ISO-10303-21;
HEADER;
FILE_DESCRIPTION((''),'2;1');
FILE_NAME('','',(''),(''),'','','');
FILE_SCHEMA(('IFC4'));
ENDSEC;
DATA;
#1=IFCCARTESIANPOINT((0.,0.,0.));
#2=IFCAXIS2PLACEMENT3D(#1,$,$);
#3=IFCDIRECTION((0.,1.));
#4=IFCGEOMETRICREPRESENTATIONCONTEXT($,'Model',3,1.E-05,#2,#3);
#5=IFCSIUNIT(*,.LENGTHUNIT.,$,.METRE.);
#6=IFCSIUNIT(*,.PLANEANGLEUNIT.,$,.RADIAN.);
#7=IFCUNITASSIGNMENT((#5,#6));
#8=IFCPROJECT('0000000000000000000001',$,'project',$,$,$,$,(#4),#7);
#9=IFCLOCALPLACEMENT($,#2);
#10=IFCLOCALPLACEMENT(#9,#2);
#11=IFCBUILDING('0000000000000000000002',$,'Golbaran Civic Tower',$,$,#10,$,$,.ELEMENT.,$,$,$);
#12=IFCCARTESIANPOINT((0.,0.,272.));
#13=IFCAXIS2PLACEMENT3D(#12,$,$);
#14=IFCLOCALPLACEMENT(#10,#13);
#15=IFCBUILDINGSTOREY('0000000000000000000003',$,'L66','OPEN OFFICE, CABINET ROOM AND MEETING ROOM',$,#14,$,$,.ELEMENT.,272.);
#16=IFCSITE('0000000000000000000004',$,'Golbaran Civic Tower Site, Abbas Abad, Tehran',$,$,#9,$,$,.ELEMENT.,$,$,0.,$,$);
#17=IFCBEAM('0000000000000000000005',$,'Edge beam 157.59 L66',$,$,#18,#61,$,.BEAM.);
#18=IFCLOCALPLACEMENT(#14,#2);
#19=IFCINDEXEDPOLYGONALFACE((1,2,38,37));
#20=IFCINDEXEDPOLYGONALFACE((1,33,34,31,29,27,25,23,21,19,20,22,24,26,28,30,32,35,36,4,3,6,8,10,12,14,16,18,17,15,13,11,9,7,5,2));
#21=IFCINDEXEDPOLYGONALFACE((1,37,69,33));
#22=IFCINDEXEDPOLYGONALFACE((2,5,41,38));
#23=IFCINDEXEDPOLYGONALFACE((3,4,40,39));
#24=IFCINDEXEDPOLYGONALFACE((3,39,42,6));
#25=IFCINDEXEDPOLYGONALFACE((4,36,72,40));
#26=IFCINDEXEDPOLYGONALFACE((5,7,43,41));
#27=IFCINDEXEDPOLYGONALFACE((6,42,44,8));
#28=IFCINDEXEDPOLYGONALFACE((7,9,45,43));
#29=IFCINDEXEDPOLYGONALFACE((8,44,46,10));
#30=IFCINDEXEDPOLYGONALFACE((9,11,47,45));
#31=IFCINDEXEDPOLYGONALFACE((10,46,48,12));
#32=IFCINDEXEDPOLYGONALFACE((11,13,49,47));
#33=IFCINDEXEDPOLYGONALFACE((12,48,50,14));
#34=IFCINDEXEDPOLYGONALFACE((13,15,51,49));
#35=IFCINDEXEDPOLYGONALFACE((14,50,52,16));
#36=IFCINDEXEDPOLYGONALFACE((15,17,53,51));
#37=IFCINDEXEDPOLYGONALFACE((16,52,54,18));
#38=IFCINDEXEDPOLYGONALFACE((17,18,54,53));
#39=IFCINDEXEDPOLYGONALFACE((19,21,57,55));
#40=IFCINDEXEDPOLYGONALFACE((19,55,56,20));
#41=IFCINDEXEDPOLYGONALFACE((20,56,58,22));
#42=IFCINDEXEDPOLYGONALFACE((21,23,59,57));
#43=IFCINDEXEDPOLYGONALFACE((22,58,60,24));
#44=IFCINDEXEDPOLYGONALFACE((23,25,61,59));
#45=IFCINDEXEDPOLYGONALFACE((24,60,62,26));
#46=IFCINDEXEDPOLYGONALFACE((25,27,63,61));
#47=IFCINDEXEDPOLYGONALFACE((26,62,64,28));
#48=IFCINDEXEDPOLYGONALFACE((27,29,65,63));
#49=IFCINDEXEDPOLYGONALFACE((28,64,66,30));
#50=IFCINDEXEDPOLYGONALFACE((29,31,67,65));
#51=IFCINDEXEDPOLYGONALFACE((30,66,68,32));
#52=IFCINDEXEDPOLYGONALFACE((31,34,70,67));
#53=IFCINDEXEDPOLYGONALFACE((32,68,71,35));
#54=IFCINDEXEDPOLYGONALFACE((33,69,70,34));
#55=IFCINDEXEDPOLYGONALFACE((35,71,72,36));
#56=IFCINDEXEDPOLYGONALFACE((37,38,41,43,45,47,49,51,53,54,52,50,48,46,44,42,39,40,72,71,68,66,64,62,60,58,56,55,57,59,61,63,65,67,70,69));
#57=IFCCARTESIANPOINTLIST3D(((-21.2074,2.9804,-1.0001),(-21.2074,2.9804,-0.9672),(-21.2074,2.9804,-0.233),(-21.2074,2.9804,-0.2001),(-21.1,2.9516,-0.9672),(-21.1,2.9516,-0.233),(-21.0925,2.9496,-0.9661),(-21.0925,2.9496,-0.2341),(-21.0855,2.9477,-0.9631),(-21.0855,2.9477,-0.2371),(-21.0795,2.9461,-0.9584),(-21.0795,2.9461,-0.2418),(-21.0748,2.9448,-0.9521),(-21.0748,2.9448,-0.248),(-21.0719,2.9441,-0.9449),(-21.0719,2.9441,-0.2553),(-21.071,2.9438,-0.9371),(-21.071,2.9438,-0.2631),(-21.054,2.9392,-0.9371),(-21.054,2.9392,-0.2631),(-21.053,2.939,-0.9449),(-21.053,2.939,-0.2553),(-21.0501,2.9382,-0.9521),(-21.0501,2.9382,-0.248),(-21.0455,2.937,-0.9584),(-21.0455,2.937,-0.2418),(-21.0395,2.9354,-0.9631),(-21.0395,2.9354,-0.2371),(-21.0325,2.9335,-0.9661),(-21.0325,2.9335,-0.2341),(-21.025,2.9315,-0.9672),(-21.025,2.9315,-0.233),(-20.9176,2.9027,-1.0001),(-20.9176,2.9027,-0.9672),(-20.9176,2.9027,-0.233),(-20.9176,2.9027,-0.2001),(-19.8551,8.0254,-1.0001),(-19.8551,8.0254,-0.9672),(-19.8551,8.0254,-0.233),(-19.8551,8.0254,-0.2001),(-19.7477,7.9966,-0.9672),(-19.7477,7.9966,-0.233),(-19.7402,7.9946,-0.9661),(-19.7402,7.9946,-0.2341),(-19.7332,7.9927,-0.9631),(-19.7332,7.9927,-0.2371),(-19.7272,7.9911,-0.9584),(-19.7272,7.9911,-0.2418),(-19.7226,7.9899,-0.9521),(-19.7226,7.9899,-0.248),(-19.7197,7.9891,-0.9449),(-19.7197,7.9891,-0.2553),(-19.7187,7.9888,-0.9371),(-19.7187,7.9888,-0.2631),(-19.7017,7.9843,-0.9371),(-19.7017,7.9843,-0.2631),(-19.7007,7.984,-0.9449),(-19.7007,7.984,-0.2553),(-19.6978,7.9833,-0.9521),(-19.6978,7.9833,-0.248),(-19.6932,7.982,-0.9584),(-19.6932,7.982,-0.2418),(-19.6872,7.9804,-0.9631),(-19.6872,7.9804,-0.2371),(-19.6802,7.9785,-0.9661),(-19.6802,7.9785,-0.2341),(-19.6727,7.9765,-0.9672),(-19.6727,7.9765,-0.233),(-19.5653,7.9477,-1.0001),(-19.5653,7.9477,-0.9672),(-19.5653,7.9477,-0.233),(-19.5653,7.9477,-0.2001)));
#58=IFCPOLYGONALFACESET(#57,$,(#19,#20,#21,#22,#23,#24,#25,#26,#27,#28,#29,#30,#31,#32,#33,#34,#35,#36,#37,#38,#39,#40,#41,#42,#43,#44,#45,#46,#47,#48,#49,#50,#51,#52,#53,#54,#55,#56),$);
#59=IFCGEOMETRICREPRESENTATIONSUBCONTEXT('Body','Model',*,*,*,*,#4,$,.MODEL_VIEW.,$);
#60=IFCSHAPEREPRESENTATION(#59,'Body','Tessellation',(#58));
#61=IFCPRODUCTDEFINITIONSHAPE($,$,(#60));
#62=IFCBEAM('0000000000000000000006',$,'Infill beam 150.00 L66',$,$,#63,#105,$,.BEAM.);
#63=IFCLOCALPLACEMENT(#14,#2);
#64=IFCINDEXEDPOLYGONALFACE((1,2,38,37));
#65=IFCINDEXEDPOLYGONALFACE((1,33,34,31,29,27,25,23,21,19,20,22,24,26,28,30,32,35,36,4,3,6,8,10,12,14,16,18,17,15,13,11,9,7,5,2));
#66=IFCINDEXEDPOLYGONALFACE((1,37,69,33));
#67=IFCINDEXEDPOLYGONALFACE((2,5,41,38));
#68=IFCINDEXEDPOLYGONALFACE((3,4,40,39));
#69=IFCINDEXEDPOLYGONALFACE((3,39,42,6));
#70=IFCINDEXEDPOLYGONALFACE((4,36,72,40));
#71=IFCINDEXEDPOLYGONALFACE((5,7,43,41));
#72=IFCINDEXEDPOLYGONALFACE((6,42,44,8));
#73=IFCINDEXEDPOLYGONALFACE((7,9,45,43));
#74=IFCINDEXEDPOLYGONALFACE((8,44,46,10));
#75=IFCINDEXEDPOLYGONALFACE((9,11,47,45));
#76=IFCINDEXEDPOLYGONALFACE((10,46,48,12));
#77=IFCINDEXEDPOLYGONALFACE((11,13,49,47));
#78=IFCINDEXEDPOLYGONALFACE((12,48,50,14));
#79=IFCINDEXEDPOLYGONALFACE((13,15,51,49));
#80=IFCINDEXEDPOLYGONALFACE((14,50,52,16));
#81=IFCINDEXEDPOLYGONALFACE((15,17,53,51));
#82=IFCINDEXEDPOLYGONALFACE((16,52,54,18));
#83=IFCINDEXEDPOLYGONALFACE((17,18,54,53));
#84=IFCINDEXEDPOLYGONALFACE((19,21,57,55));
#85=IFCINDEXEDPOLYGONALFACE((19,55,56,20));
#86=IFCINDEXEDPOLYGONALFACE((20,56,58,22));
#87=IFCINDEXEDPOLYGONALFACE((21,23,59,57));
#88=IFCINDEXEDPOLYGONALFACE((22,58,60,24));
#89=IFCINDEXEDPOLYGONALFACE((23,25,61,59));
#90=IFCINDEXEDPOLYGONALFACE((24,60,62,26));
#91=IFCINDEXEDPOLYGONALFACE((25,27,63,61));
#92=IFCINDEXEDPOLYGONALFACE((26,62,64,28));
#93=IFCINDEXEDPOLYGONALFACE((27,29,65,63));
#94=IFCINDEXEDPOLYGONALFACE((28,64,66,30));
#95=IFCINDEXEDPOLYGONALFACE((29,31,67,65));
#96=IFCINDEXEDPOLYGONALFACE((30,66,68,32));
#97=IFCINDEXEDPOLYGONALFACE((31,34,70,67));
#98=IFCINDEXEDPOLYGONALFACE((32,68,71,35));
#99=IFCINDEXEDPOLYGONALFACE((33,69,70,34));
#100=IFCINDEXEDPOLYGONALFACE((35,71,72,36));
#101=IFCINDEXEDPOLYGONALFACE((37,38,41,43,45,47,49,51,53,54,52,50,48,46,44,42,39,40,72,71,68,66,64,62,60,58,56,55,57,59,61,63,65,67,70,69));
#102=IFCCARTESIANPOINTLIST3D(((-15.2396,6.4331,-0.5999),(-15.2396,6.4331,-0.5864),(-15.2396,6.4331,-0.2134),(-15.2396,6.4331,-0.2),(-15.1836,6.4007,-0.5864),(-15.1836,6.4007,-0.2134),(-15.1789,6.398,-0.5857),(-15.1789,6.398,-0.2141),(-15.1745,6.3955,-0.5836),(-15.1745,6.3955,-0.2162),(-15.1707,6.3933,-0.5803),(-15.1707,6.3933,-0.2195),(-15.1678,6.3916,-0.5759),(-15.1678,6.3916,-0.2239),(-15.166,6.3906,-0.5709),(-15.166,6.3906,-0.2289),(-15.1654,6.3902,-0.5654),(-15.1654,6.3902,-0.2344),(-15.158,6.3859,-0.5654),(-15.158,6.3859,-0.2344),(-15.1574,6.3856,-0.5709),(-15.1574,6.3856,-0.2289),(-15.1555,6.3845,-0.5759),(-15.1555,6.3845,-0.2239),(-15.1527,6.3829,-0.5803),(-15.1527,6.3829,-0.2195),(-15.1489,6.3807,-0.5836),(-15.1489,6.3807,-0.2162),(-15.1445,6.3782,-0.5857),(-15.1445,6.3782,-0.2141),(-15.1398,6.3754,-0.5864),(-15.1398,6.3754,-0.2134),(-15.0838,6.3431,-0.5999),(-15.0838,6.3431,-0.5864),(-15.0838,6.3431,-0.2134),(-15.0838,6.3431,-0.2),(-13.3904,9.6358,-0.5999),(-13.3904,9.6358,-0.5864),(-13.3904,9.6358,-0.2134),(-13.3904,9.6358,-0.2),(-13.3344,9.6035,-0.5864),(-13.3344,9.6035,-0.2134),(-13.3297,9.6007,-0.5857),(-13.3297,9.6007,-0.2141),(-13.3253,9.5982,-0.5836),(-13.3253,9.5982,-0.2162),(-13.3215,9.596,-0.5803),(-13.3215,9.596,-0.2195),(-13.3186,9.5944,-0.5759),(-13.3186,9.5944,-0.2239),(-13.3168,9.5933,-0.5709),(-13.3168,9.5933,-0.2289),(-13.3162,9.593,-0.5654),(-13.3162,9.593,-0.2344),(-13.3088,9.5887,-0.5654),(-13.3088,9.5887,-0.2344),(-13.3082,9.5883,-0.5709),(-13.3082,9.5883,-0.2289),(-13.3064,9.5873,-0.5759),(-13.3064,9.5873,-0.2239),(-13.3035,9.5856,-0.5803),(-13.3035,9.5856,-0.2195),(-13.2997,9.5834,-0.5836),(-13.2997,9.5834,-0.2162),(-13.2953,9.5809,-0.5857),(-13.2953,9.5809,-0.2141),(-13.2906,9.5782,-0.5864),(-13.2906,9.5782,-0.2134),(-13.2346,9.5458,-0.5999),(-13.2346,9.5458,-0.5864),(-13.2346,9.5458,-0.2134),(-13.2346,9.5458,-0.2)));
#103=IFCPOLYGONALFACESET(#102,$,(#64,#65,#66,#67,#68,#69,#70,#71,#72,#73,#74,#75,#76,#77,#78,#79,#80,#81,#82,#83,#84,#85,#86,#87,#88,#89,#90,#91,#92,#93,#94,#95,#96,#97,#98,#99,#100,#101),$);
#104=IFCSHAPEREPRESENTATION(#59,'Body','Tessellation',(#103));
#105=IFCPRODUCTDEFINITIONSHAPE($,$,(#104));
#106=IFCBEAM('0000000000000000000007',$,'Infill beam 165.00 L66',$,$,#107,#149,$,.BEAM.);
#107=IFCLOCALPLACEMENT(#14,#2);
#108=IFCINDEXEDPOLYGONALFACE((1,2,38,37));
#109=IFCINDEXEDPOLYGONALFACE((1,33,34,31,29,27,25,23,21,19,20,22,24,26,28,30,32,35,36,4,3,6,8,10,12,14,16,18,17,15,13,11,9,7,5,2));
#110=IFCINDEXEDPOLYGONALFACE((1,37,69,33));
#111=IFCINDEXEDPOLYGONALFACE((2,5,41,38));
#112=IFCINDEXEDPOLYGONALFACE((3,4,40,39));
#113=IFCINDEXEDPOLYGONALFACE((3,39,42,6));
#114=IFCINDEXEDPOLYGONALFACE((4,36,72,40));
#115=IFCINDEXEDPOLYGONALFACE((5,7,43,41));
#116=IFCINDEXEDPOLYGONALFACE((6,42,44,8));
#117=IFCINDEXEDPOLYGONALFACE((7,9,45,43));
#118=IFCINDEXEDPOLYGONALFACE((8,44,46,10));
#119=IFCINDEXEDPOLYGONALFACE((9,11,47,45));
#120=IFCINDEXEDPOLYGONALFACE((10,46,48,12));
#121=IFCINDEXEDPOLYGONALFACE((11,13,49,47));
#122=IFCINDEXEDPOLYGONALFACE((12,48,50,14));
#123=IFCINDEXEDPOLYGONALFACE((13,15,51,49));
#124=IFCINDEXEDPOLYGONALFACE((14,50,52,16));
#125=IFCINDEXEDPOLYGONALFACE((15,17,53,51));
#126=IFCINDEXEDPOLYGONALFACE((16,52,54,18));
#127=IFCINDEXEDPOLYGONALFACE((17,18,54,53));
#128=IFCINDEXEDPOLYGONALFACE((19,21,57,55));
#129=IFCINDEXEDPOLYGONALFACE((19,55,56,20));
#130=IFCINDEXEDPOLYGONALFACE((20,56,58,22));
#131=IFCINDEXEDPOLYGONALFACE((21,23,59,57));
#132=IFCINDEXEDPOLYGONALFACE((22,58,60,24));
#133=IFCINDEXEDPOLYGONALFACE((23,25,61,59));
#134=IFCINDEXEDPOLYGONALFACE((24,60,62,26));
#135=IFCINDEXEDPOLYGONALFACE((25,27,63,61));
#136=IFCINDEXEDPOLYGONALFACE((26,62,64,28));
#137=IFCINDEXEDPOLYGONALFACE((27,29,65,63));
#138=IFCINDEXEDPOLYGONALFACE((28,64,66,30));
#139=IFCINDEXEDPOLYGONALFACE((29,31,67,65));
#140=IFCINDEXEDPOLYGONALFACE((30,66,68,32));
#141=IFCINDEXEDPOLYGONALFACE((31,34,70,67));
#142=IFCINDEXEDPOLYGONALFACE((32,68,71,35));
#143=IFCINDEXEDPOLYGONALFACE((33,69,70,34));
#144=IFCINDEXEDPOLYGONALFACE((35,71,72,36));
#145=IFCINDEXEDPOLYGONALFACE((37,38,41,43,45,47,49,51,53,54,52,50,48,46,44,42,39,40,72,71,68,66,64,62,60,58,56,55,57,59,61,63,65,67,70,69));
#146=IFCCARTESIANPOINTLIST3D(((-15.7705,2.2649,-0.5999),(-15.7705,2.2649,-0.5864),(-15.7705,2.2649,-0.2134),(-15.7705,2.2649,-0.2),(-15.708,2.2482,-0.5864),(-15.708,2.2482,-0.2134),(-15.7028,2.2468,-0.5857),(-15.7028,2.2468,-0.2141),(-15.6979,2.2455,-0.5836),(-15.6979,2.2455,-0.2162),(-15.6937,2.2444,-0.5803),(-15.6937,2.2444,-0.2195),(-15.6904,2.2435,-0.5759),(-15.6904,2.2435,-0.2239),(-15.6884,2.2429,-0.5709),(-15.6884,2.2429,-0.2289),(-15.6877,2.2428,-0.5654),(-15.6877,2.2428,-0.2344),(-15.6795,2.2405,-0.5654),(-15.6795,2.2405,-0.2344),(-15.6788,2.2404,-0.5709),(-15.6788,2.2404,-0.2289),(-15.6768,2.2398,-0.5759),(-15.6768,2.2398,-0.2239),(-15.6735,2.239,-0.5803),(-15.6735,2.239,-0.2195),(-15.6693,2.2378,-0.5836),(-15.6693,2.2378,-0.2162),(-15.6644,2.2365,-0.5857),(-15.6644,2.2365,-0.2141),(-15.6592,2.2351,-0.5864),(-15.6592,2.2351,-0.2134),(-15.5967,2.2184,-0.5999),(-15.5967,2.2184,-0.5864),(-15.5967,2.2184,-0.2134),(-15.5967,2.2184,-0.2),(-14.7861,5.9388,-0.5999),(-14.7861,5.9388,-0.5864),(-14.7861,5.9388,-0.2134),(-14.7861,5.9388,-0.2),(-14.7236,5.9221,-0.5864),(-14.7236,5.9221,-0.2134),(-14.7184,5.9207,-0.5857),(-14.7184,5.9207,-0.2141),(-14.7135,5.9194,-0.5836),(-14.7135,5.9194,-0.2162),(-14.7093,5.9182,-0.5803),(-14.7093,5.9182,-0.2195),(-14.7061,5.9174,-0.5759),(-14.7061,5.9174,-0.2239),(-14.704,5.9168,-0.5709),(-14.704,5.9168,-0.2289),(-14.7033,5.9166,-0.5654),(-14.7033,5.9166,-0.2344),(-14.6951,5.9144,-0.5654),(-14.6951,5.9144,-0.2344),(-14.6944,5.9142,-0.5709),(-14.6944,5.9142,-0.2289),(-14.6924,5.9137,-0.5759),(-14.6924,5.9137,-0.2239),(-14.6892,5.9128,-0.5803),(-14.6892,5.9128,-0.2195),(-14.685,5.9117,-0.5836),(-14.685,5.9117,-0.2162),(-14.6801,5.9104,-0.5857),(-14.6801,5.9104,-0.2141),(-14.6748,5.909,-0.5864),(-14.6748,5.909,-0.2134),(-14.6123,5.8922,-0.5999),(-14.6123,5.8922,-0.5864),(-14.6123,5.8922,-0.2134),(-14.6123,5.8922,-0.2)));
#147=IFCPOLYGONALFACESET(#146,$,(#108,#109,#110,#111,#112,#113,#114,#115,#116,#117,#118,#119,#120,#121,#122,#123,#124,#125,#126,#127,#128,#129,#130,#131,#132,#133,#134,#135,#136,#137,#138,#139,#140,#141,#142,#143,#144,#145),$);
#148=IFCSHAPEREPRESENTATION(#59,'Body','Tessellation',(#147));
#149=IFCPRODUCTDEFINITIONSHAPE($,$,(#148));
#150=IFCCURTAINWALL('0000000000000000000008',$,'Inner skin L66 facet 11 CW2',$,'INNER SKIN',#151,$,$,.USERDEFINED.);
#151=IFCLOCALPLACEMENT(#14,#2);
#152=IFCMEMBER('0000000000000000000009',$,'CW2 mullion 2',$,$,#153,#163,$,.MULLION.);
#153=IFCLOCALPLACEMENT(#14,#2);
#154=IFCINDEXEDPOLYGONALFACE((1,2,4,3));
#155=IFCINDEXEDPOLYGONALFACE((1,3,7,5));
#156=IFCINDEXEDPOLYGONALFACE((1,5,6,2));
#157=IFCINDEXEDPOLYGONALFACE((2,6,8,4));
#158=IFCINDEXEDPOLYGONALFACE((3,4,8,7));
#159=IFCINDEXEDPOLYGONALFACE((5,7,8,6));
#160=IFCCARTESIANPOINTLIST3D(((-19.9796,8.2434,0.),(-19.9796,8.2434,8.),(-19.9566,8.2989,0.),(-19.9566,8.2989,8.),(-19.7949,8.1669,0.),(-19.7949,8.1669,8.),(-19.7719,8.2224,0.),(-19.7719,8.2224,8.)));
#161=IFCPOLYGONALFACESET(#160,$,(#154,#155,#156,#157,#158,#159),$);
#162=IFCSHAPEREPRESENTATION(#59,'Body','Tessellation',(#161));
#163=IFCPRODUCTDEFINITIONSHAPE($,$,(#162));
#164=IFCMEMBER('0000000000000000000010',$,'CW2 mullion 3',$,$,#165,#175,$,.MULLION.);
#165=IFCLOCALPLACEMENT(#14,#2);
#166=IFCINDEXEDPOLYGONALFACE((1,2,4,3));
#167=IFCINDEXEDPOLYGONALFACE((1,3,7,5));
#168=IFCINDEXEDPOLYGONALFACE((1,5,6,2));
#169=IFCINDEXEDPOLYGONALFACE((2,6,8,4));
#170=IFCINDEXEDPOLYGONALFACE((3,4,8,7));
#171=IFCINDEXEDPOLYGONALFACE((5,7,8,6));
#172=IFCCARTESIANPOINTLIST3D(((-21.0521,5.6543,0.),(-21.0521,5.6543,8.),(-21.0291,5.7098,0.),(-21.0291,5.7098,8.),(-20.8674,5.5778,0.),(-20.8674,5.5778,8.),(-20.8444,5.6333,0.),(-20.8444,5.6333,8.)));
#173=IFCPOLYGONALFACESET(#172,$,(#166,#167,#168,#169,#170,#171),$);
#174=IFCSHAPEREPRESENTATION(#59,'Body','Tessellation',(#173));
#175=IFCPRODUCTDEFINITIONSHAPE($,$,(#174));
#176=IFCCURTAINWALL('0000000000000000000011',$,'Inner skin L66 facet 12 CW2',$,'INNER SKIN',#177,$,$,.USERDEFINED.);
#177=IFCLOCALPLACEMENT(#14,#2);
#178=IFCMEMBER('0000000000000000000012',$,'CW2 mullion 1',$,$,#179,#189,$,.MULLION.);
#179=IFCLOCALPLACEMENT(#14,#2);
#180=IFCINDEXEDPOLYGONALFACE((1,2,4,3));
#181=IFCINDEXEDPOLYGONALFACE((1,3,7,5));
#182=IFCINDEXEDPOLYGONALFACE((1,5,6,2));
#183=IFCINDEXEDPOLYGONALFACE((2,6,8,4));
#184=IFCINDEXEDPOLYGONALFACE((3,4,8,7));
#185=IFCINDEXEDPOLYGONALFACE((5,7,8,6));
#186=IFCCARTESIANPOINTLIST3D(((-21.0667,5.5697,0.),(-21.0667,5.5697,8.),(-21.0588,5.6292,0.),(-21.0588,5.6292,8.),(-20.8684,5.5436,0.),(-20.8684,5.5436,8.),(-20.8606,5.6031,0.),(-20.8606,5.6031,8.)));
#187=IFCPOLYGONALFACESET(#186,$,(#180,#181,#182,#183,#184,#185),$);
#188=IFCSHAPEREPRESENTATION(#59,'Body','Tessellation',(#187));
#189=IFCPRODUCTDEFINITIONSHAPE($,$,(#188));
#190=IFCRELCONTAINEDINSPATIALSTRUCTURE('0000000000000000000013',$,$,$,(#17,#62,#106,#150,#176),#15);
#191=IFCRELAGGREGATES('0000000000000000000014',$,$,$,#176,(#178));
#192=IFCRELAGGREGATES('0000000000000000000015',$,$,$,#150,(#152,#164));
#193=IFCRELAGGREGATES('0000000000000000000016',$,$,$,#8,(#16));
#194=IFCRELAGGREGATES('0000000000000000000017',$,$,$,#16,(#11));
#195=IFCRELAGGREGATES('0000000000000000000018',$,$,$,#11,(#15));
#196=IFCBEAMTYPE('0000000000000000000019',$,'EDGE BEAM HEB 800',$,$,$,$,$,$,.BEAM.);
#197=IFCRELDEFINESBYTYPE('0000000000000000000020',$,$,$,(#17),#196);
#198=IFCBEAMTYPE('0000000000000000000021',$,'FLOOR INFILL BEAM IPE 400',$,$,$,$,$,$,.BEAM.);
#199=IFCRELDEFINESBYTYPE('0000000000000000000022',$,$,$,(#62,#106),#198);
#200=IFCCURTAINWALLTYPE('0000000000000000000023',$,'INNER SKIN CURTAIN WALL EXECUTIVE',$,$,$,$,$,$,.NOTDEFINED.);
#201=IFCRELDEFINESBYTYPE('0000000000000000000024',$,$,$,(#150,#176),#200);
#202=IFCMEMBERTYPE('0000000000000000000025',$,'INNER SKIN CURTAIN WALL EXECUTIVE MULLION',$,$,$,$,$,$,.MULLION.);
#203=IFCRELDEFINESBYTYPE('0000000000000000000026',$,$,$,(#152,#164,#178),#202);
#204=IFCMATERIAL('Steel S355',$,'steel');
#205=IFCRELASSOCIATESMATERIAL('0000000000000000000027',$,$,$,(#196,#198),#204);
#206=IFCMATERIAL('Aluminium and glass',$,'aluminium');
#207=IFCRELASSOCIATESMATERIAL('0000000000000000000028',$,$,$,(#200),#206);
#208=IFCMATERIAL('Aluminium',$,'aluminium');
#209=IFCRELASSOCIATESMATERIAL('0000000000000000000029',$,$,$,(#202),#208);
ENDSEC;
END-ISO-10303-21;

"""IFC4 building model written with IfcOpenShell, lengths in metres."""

from ifc_helpers import new_model, si_unit, direction, frame, origin, origin_2d, place, context, subcontext, project, spatial, rectangle, i_section, extrude, material, material_profile, profile_set, type_object, element, aggregate, save


model = new_model("IFC4")

# Units and contexts
model_context = context("Model", 3, precision=1e-05, world=origin(), true_north=direction((0.0, 1.0)))
body_context = subcontext(model_context, "Body", "Model", "MODEL_VIEW")
ifc_project = project(units=[si_unit("LENGTHUNIT", "METRE"), si_unit("PLANEANGLEUNIT", "RADIAN")], contexts=[model_context])

# Site, building, storey
site_placement = place(None, origin())
site = spatial("IfcSite", under=ifc_project, at=site_placement, Name="Golbaran Civic Tower Site, Abbas Abad, Tehran", CompositionType="ELEMENT", RefElevation=0.0)
building_placement = place(site_placement, origin())
building = spatial("IfcBuilding", under=site, at=building_placement, Name="Golbaran Civic Tower", CompositionType="ELEMENT")
storey_placement = place(building_placement, frame((0.0, 0.0, 272.0)))
storey = spatial("IfcBuildingStorey", under=building, at=storey_placement, Name="L66", Description="OPEN OFFICE, CABINET ROOM AND MEETING ROOM", CompositionType="ELEMENT", Elevation=272.0)

# Beams
ifc_material_1 = material(Name="Steel S355", Category="steel")
ifc_material_profile_1 = material_profile(ifc_material_1, i_section(OverallWidth=0.3, OverallDepth=0.8, WebThickness=0.0176, FlangeThickness=0.033, FilletRadius=0.03, at=origin_2d()), Name="HEB 800")
ifc_profile_set_1 = profile_set([ifc_material_profile_1], Name="Steel S355")
beam_type_1 = type_object("IfcBeamType", Name="EDGE BEAM HEB 800", PredefinedType="BEAM", material=ifc_profile_set_1)
beam_1_placement = place(storey_placement, frame((-19.7102, 7.9866, -0.6001), z_axis=(-0.258899, -0.965904, 0.0), x_axis=(0.965904, -0.258899, 0.0)))
element("IfcBeam", 1, at=beam_1_placement, inside=storey, type_object=beam_type_1, Name="Edge beam 157.59 L66", PredefinedType="BEAM", context=body_context, shape_type="SweptSolid", body=[
    extrude(i_section(OverallWidth=0.3, OverallDepth=0.8, WebThickness=0.0176, FlangeThickness=0.033, FilletRadius=0.03, at=origin_2d()), origin(), (0.0, 0.0, 1.0), 5.2231),
])
ifc_material_profile_2 = material_profile(ifc_material_1, i_section(OverallWidth=0.1799, OverallDepth=0.3999, WebThickness=0.0085, FlangeThickness=0.0134, FilletRadius=0.021, at=origin_2d()), Name="IPE 400")
ifc_profile_set_2 = profile_set([ifc_material_profile_2], Name="Steel S355")
beam_type_2 = type_object("IfcBeamType", Name="FLOOR INFILL BEAM IPE 400", PredefinedType="BEAM", material=ifc_profile_set_2)
beam_2_placement = place(storey_placement, frame((-13.3125, 9.5908, -0.3999), z_axis=(-0.500016, -0.866016, 0.0), x_axis=(0.866016, -0.500016, 0.0)))
element("IfcBeam", 2, at=beam_2_placement, inside=storey, type_object=beam_type_2, Name="Infill beam 150.00 L66", PredefinedType="BEAM", context=body_context, shape_type="SweptSolid", body=[
    extrude(i_section(OverallWidth=0.1799, OverallDepth=0.3999, WebThickness=0.0085, FlangeThickness=0.0134, FilletRadius=0.021, at=origin_2d()), origin(), (0.0, 0.0, 1.0), 3.6982),
])
beam_3_placement = place(storey_placement, frame((-14.6992, 5.9155, -0.3999), z_axis=(-0.258813, -0.965927, 0.0), x_axis=(0.965927, -0.258813, 0.0)))
element("IfcBeam", 3, at=beam_3_placement, inside=storey, type_object=beam_type_2, Name="Infill beam 165.00 L66", PredefinedType="BEAM", context=body_context, shape_type="SweptSolid", body=[
    extrude(i_section(OverallWidth=0.1799, OverallDepth=0.3999, WebThickness=0.0085, FlangeThickness=0.0134, FilletRadius=0.021, at=origin_2d()), origin(), (0.0, 0.0, 1.0), 3.8035),
])

# Curtain wall, members
ifc_material_2 = material(Name="Aluminium and glass", Category="aluminium")
curtain_wall_type = type_object("IfcCurtainWallType", Name="INNER SKIN CURTAIN WALL EXECUTIVE", PredefinedType="NOTDEFINED", material=ifc_material_2)
curtain_wall_1_placement = place(storey_placement, origin())
curtain_wall_1 = element("IfcCurtainWall", 4, at=curtain_wall_1_placement, inside=storey, type_object=curtain_wall_type, Name="Inner skin L66 facet 11 CW2", ObjectType="INNER SKIN", PredefinedType="USERDEFINED")
ifc_material_3 = material(Name="Aluminium", Category="aluminium")
ifc_material_profile_3 = material_profile(ifc_material_3, rectangle(XDim=0.2, YDim=0.0601, at=origin_2d()), Name="INNER SKIN CURTAIN WALL EXECUTIVE MULLION")
ifc_profile_set_3 = profile_set([ifc_material_profile_3], Name="Aluminium")
member_type_1 = type_object("IfcMemberType", Name="INNER SKIN CURTAIN WALL EXECUTIVE MULLION", PredefinedType="MULLION", material=ifc_profile_set_3)
member_1_placement = place(storey_placement, frame((-19.8757, 8.2329, 0.0), z_axis=(0.0, 0.0, 1.0), x_axis=(0.92388, -0.382683, 0.0)))
member_1 = element("IfcMember", 5, at=member_1_placement, type_object=member_type_1, Name="CW2 mullion 2", PredefinedType="MULLION", context=body_context, shape_type="SweptSolid", body=[
    extrude(rectangle(XDim=0.2, YDim=0.0601, at=origin_2d()), origin(), (0.0, 0.0, 1.0), 8.0),
])
member_2_placement = place(storey_placement, frame((-20.9482, 5.6438, 0.0), z_axis=(0.0, 0.0, 1.0), x_axis=(0.92388, -0.382683, 0.0)))
member_2 = element("IfcMember", 6, at=member_2_placement, type_object=member_type_1, Name="CW2 mullion 3", PredefinedType="MULLION", context=body_context, shape_type="SweptSolid", body=[
    extrude(rectangle(XDim=0.2, YDim=0.0601, at=origin_2d()), origin(), (0.0, 0.0, 1.0), 8.0),
])

# Curtain wall, member
curtain_wall_2_placement = place(storey_placement, origin())
curtain_wall_2 = element("IfcCurtainWall", 7, at=curtain_wall_2_placement, inside=storey, type_object=curtain_wall_type, Name="Inner skin L66 facet 12 CW2", ObjectType="INNER SKIN", PredefinedType="USERDEFINED")
member_3_placement = place(storey_placement, frame((-20.9636, 5.5864, 0.0), z_axis=(0.0, 0.0, 1.0), x_axis=(0.991445, -0.130526, 0.0)))
member_3 = element("IfcMember", 8, at=member_3_placement, type_object=member_type_1, Name="CW2 mullion 1", PredefinedType="MULLION", context=body_context, shape_type="SweptSolid", body=[
    extrude(rectangle(XDim=0.2, YDim=0.0601, at=origin_2d()), origin(), (0.0, 0.0, 1.0), 8.0),
])

aggregate(curtain_wall_2, [member_3])

aggregate(curtain_wall_1, [member_1, member_2])

save(model, "model.ifc")
